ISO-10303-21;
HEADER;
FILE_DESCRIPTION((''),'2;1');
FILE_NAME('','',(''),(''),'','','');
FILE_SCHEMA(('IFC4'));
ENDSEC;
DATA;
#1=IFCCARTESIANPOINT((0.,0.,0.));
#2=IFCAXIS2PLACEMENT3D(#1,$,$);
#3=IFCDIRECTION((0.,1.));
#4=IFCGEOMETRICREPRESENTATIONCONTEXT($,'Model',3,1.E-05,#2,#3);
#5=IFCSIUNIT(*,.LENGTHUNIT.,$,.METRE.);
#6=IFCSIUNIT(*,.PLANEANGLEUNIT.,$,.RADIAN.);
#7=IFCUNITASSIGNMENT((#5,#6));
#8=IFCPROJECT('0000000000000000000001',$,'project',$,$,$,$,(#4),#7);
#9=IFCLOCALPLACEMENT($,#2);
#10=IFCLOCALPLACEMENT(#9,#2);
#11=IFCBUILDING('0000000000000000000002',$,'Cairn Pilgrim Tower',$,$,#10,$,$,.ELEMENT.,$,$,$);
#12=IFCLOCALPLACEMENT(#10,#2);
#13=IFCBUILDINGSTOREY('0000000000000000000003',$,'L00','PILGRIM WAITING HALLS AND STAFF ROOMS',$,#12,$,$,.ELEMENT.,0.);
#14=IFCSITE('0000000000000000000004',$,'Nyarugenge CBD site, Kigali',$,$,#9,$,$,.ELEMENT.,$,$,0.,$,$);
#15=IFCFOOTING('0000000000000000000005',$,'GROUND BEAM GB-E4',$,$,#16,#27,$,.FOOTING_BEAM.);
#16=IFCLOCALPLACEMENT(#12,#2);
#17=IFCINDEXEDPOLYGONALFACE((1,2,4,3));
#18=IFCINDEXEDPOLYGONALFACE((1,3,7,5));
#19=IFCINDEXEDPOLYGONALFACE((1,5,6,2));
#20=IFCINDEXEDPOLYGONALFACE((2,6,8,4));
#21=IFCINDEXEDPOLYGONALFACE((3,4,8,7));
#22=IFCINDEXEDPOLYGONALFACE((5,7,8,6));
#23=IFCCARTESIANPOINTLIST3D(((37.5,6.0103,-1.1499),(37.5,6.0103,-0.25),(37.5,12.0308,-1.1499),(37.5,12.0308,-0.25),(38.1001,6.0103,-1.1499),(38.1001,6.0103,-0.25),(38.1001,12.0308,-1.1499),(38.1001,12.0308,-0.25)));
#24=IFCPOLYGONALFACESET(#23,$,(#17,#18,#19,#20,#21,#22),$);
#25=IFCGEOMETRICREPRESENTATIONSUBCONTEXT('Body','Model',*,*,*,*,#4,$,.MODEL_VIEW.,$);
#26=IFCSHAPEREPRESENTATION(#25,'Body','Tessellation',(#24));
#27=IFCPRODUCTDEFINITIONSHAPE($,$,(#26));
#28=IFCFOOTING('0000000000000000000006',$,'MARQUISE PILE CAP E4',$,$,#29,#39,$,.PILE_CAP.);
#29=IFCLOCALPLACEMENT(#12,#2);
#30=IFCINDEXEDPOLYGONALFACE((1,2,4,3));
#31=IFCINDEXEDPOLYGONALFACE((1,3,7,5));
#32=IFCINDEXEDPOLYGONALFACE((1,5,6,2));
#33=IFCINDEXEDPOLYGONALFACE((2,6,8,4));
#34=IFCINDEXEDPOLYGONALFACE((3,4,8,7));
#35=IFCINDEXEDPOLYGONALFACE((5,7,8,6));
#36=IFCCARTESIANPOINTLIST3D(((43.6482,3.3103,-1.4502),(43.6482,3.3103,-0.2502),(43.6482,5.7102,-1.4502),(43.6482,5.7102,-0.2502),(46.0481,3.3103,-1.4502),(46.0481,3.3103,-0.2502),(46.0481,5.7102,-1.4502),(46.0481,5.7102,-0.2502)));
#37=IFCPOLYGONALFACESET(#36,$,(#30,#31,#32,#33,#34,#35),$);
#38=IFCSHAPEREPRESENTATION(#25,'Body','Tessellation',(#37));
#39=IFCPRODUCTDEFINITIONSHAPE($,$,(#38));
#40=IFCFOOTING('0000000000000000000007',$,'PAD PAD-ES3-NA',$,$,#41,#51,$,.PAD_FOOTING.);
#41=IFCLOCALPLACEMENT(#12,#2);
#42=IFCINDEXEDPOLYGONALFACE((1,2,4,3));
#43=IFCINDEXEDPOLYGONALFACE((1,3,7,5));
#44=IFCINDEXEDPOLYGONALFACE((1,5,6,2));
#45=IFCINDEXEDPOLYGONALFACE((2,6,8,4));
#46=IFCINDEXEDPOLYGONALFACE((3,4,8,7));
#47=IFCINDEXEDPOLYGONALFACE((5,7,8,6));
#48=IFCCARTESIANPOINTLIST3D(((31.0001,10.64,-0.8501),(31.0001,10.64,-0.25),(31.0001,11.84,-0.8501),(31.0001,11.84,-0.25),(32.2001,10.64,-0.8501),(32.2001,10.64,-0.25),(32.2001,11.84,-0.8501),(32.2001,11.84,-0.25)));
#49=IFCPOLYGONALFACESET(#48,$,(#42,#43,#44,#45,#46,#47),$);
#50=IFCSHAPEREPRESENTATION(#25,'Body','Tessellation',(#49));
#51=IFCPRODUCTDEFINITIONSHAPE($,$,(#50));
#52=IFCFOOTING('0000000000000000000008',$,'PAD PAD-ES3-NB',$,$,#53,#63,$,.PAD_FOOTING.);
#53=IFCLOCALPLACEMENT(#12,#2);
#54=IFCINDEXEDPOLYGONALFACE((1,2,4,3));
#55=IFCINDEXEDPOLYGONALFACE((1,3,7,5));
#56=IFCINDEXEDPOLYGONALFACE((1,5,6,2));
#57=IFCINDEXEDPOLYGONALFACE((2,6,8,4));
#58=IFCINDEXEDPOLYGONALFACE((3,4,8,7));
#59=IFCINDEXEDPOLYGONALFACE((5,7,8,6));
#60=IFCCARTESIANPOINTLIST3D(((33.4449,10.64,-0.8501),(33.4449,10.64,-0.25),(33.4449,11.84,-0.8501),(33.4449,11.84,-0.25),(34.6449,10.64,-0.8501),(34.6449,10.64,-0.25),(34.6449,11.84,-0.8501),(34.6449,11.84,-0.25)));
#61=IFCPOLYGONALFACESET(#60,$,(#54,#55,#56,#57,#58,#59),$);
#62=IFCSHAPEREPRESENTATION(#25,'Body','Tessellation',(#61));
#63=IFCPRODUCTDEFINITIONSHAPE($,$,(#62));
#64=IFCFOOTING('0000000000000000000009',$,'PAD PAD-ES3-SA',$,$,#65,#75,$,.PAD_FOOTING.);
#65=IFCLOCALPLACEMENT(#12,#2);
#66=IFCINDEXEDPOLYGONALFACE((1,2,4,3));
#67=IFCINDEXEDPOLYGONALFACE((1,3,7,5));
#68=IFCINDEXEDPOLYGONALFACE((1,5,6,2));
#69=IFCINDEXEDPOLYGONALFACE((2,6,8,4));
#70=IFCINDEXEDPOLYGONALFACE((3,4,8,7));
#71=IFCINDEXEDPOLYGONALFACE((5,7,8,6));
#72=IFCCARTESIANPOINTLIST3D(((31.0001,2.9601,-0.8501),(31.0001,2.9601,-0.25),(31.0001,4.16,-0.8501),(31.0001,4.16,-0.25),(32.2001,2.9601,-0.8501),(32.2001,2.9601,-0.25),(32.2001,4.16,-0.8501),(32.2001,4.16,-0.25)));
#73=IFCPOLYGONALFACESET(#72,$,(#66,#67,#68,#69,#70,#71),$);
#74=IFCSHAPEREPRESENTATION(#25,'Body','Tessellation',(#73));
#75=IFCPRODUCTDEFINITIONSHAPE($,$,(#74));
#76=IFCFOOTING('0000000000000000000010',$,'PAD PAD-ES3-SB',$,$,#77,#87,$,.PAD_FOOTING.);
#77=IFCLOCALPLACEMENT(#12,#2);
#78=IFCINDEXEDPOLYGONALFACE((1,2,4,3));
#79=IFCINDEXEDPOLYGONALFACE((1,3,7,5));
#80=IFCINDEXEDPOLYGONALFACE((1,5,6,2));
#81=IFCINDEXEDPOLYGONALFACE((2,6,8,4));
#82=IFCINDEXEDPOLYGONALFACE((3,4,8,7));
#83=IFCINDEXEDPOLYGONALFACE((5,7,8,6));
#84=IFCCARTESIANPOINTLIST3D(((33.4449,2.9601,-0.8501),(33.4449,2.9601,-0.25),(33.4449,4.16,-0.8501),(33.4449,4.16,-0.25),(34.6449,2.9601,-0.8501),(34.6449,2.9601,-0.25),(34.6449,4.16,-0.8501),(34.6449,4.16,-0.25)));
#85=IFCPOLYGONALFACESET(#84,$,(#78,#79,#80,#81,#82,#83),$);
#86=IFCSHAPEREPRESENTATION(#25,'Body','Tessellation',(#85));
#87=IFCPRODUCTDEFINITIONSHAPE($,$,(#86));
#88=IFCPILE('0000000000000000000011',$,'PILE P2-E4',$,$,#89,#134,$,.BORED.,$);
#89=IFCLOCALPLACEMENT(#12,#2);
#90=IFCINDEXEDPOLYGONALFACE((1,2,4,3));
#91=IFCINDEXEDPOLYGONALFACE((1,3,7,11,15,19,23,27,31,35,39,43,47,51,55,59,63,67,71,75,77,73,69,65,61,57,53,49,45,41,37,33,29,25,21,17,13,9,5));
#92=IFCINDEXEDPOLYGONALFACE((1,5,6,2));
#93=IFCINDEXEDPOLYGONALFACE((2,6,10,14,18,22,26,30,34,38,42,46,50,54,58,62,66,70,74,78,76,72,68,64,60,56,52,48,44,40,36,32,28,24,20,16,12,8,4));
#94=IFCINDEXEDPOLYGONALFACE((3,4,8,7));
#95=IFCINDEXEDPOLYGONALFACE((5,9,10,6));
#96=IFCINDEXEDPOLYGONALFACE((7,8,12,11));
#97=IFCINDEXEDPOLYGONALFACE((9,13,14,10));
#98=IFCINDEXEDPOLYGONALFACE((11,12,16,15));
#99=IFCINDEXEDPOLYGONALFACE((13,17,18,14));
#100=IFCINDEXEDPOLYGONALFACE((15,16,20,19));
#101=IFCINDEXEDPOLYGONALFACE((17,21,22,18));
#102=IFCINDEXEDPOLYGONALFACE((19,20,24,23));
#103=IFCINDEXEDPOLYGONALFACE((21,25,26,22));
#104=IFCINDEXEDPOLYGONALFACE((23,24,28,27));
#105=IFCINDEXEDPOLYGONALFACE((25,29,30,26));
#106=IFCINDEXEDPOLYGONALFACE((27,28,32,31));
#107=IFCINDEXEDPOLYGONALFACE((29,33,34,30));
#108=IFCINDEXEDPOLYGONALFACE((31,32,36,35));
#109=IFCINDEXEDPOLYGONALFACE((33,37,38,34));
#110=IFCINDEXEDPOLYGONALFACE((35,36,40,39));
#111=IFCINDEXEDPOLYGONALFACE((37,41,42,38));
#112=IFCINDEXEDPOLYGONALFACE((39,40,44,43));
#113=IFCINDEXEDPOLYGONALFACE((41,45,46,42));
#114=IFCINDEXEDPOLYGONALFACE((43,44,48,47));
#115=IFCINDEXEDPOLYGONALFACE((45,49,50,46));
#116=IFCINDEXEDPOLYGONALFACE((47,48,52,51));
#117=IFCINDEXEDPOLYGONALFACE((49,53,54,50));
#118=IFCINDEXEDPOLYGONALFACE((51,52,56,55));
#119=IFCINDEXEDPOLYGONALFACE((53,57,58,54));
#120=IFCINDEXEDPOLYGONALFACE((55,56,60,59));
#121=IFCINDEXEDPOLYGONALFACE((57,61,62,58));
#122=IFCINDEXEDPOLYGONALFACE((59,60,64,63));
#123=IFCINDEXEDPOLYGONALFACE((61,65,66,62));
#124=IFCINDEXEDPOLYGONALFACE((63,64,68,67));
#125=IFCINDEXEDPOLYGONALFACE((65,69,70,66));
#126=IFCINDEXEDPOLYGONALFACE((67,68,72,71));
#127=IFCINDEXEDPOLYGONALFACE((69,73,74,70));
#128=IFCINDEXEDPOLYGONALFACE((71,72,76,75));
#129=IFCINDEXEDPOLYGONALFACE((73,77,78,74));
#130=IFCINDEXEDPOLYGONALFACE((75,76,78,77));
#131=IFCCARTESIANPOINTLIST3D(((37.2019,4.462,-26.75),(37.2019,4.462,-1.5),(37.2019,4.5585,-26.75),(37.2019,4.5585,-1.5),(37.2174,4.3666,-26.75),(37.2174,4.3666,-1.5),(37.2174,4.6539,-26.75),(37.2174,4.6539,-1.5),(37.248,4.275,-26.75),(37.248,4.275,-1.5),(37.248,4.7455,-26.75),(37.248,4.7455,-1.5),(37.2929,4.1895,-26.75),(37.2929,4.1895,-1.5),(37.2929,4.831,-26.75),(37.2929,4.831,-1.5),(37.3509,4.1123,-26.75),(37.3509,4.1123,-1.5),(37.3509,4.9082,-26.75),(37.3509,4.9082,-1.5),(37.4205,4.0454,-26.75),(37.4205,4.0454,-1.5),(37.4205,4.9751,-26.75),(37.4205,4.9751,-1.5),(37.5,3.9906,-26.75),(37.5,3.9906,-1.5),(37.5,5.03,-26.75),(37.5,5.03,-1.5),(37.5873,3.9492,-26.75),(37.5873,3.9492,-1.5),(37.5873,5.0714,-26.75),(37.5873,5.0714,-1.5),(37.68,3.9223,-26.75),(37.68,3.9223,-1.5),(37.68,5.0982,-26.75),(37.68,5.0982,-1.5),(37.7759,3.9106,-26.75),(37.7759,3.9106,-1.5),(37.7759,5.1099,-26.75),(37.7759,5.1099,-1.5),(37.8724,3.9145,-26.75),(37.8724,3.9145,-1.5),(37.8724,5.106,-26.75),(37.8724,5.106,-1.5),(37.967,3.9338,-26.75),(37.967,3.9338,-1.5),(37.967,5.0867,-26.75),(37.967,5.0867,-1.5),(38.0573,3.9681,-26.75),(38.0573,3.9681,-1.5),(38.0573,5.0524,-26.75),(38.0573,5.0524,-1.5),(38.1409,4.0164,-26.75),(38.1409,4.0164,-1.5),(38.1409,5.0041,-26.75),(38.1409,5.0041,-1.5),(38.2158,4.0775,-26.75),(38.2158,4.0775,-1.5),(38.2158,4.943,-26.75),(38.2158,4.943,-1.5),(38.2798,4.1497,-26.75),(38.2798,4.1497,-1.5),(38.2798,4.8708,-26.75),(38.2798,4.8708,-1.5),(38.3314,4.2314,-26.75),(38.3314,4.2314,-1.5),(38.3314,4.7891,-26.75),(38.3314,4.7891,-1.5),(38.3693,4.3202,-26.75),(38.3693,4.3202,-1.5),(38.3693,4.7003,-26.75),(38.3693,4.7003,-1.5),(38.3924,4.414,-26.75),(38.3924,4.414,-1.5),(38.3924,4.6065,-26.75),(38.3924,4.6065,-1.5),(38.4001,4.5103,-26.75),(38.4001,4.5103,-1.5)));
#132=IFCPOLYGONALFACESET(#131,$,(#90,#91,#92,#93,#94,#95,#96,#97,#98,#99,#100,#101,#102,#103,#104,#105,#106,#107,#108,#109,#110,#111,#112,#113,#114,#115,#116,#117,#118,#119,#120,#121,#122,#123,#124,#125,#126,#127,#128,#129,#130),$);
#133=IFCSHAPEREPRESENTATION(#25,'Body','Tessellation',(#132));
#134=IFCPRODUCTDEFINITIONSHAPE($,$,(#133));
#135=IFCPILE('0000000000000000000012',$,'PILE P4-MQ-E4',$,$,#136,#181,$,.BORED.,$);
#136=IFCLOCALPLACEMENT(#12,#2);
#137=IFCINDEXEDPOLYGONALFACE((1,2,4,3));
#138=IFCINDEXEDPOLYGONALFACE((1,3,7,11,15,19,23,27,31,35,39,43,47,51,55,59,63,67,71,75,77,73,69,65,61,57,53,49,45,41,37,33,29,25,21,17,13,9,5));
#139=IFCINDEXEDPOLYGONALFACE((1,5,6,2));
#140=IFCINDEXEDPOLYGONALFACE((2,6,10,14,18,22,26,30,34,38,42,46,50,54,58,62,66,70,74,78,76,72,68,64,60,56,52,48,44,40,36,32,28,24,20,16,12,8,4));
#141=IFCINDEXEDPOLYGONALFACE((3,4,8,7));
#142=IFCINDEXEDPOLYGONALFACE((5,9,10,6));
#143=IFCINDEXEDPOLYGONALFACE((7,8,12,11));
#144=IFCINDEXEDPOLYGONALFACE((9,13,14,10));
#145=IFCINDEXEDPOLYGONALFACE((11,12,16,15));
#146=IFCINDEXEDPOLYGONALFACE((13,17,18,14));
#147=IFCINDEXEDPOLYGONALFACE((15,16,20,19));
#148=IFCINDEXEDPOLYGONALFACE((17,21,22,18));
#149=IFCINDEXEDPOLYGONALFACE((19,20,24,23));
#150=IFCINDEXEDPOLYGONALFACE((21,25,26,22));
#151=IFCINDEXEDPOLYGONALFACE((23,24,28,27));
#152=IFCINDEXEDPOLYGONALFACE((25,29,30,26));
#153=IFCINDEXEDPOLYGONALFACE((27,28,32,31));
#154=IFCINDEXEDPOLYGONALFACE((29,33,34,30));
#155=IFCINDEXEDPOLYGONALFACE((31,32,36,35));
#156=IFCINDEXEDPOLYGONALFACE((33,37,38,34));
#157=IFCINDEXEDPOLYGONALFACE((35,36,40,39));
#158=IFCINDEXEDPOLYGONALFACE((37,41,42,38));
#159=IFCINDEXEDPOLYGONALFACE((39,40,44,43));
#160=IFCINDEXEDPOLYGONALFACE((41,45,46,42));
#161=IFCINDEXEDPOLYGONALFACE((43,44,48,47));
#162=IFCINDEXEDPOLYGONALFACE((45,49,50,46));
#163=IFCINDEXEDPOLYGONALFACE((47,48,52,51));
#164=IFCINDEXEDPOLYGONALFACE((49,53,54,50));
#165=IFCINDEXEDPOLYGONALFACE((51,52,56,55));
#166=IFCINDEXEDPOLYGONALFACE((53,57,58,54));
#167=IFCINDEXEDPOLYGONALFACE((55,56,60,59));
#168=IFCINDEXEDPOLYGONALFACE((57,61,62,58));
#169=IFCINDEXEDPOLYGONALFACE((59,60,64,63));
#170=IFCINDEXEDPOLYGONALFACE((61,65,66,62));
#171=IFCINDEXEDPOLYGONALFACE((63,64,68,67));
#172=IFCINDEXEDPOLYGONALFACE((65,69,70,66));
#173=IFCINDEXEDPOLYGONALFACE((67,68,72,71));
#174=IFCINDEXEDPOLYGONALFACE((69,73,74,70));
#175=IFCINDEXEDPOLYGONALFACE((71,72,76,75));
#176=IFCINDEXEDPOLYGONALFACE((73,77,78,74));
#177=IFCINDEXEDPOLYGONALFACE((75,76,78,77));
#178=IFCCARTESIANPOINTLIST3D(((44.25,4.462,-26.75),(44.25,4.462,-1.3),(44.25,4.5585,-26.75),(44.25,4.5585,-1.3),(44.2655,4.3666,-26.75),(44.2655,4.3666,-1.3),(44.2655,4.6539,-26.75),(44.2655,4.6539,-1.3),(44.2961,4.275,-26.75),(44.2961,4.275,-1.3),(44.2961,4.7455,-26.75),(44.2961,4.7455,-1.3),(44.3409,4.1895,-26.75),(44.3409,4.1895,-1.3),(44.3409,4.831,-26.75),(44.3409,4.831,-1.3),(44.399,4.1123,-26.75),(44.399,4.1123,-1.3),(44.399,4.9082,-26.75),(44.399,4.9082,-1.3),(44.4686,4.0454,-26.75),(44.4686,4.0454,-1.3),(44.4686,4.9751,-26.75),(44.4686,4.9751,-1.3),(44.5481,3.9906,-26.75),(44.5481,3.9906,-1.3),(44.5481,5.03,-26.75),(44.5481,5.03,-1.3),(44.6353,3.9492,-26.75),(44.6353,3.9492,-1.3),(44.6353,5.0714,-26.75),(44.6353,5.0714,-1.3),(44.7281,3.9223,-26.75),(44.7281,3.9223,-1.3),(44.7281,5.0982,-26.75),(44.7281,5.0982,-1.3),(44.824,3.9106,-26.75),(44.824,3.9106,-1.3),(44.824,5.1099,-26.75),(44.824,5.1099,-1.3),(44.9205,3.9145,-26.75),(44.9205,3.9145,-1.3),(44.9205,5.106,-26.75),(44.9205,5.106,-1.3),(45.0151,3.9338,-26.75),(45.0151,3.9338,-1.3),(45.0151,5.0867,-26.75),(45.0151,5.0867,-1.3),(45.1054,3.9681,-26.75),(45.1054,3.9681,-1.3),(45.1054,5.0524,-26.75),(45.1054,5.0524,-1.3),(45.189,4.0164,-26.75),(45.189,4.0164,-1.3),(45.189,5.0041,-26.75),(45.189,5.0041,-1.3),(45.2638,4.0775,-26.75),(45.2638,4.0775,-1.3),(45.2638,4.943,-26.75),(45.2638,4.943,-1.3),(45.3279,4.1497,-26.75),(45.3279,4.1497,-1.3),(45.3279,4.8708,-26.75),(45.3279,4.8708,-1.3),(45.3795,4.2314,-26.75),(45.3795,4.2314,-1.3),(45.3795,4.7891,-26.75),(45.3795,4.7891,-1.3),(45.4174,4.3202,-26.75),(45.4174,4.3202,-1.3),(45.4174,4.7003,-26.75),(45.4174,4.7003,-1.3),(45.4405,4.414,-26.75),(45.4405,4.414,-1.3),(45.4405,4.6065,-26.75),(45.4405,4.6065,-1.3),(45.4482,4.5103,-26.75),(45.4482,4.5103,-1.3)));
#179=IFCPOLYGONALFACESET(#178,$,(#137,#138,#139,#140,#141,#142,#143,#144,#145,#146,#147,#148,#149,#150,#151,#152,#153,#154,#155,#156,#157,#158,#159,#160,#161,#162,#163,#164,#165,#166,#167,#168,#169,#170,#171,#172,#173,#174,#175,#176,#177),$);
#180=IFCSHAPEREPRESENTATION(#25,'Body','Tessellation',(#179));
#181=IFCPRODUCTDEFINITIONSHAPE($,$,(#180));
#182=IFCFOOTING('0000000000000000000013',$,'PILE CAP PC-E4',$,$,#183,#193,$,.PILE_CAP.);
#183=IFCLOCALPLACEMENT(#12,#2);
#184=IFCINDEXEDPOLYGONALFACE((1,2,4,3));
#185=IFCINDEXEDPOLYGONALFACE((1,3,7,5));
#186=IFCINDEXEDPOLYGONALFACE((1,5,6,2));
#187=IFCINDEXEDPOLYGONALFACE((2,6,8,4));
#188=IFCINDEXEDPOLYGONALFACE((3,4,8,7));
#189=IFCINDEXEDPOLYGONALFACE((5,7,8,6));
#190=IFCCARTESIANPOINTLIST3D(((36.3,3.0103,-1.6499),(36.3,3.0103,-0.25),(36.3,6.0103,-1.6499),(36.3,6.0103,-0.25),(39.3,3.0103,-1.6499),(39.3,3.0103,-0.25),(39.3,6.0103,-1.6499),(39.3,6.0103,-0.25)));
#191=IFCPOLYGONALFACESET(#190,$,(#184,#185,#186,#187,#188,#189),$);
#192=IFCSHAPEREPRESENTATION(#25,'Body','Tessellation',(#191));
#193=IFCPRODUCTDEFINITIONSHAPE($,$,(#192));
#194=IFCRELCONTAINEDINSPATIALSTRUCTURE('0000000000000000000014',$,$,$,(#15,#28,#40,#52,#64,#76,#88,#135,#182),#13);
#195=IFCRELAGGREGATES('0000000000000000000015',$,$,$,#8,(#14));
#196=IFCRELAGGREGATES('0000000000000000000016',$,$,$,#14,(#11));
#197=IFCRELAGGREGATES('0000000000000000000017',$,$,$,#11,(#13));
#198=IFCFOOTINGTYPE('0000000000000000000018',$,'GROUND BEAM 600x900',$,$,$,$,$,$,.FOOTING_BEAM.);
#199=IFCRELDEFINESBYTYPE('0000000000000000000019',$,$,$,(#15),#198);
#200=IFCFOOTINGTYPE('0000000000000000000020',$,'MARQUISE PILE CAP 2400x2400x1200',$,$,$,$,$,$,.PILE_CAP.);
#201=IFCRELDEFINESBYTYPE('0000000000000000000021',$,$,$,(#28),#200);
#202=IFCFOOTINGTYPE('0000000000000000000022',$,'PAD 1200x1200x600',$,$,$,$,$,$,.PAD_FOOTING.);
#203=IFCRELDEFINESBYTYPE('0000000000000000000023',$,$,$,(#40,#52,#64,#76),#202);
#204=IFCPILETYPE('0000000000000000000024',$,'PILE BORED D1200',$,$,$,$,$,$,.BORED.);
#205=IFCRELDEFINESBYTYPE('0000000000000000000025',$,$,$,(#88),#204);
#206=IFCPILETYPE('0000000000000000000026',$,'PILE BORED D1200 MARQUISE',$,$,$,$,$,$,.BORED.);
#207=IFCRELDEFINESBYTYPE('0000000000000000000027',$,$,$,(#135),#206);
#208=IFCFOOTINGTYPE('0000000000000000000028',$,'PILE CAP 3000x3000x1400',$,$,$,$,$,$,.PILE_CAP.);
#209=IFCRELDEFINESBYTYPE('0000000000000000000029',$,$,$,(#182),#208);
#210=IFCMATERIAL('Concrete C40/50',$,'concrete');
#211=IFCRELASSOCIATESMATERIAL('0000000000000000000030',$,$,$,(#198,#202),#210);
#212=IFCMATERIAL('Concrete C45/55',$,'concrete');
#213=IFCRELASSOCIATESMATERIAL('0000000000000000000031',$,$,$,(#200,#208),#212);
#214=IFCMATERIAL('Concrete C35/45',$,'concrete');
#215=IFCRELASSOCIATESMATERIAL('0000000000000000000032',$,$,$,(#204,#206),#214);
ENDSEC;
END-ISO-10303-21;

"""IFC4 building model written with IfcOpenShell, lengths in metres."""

from ifc_helpers import new_model, si_unit, direction, frame, origin, origin_2d, place, context, subcontext, project, spatial, rectangle, circle, extrude, material, material_profile, profile_set, type_object, element, save


model = new_model("IFC4")

# Units and contexts
model_context = context("Model", 3, precision=1e-05, world=origin(), true_north=direction((0.0, 1.0)))
body_context = subcontext(model_context, "Body", "Model", "MODEL_VIEW")
ifc_project = project(units=[si_unit("LENGTHUNIT", "METRE"), si_unit("PLANEANGLEUNIT", "RADIAN")], contexts=[model_context])

# Site, building, storey
site_placement = place(None, origin())
site = spatial("IfcSite", under=ifc_project, at=site_placement, Name="Nyarugenge CBD site, Kigali", CompositionType="ELEMENT", RefElevation=0.0)
building_placement = place(site_placement, origin())
building = spatial("IfcBuilding", under=site, at=building_placement, Name="Cairn Pilgrim Tower", CompositionType="ELEMENT")
storey_placement = place(building_placement, origin())
storey = spatial("IfcBuildingStorey", under=building, at=storey_placement, Name="L00", Description="PILGRIM WAITING HALLS AND STAFF ROOMS", CompositionType="ELEMENT", Elevation=0.0)

# Footings
ifc_material_1 = material(Name="Concrete C40/50", Category="concrete")
footing_type_1 = type_object("IfcFootingType", Name="GROUND BEAM 600x900", PredefinedType="FOOTING_BEAM", material=ifc_material_1)
footing_1_placement = place(storey_placement, frame((37.8, 9.0205, -1.1499), z_axis=(0.0, 0.0, 1.0), x_axis=(0.0, 1.0, 0.0)))
element("IfcFooting", 1, at=footing_1_placement, inside=storey, type_object=footing_type_1, Name="GROUND BEAM GB-E4", PredefinedType="FOOTING_BEAM", context=body_context, shape_type="SweptSolid", body=[
    extrude(rectangle(XDim=6.0205, YDim=0.6001, at=origin_2d()), origin(), (0.0, 0.0, 1.0), 0.8999),
])
ifc_material_2 = material(Name="Concrete C45/55", Category="concrete")
footing_type_2 = type_object("IfcFootingType", Name="MARQUISE PILE CAP 2400x2400x1200", PredefinedType="PILE_CAP", material=ifc_material_2)
footing_2_placement = place(storey_placement, frame((44.8481, 4.5103, -1.4502), z_axis=(0.0, 0.0, 1.0), x_axis=(1.0, 0.0, 0.0)))
element("IfcFooting", 2, at=footing_2_placement, inside=storey, type_object=footing_type_2, Name="MARQUISE PILE CAP E4", PredefinedType="PILE_CAP", context=body_context, shape_type="SweptSolid", body=[
    extrude(rectangle(XDim=2.3999, YDim=2.3999, at=origin_2d()), origin(), (0.0, 0.0, 1.0), 1.2),
])
footing_type_3 = type_object("IfcFootingType", Name="PAD 1200x1200x600", PredefinedType="PAD_FOOTING", material=ifc_material_1)
for number, where, z_axis, x_axis, name in (
    (3, (31.6001, 11.24, -0.8501), (0.0, 0.0, 1.0), (1.0, 0.0, 0.0), "PAD PAD-ES3-NA"),
    (4, (34.0449, 11.24, -0.8501), (0.0, 0.0, 1.0), (1.0, 0.0, 0.0), "PAD PAD-ES3-NB"),
    (5, (31.6001, 3.5601, -0.8501), (0.0, 0.0, 1.0), (1.0, 0.0, 0.0), "PAD PAD-ES3-SA"),
    (6, (34.0449, 3.5601, -0.8501), (0.0, 0.0, 1.0), (1.0, 0.0, 0.0), "PAD PAD-ES3-SB"),
):
    element("IfcFooting", number, at=place(storey_placement, frame(where, z_axis=z_axis, x_axis=x_axis)), inside=storey, type_object=footing_type_3, Name=name, PredefinedType="PAD_FOOTING", context=body_context, shape_type="SweptSolid", body=[
        extrude(rectangle(XDim=1.2, YDim=1.2, at=origin_2d()), origin(), (0.0, 0.0, 1.0), 0.6001),
    ])

# Piles
ifc_material_3 = material(Name="Concrete C35/45", Category="concrete")
ifc_material_profile_1 = material_profile(ifc_material_3, circle(Radius=0.6001, at=origin_2d()), Name="D1200")
ifc_profile_set_1 = profile_set([ifc_material_profile_1], Name="Concrete C35/45")
pile_type_1 = type_object("IfcPileType", Name="PILE BORED D1200", PredefinedType="BORED", material=ifc_profile_set_1)
pile_1_placement = place(storey_placement, frame((37.8, 4.5103, -1.5), z_axis=(0.0, 0.0, -1.0), x_axis=(1.0, 0.0, 0.0)))
element("IfcPile", 7, at=pile_1_placement, inside=storey, type_object=pile_type_1, Name="PILE P2-E4", PredefinedType="BORED", context=body_context, shape_type="SweptSolid", body=[
    extrude(circle(Radius=0.6001, at=origin_2d()), origin(), (0.0, 0.0, 1.0), 25.25),
])
ifc_material_profile_2 = material_profile(ifc_material_3, circle(Radius=0.6001, at=origin_2d()), Name="D1200")
ifc_profile_set_2 = profile_set([ifc_material_profile_2], Name="Concrete C35/45")
pile_type_2 = type_object("IfcPileType", Name="PILE BORED D1200 MARQUISE", PredefinedType="BORED", material=ifc_profile_set_2)
pile_2_placement = place(storey_placement, frame((44.8481, 4.5103, -1.3), z_axis=(0.0, 0.0, -1.0), x_axis=(1.0, 0.0, 0.0)))
element("IfcPile", 8, at=pile_2_placement, inside=storey, type_object=pile_type_2, Name="PILE P4-MQ-E4", PredefinedType="BORED", context=body_context, shape_type="SweptSolid", body=[
    extrude(circle(Radius=0.6001, at=origin_2d()), origin(), (0.0, 0.0, 1.0), 25.45),
])

# Footing
footing_type_4 = type_object("IfcFootingType", Name="PILE CAP 3000x3000x1400", PredefinedType="PILE_CAP", material=ifc_material_2)
footing_3_placement = place(storey_placement, frame((37.8, 4.5103, -1.6499), z_axis=(0.0, 0.0, 1.0), x_axis=(1.0, 0.0, 0.0)))
element("IfcFooting", 9, at=footing_3_placement, inside=storey, type_object=footing_type_4, Name="PILE CAP PC-E4", PredefinedType="PILE_CAP", context=body_context, shape_type="SweptSolid", body=[
    extrude(rectangle(XDim=3.0, YDim=3.0, at=origin_2d()), origin(), (0.0, 0.0, 1.0), 1.3999),
])

save(model, "model.ifc")
